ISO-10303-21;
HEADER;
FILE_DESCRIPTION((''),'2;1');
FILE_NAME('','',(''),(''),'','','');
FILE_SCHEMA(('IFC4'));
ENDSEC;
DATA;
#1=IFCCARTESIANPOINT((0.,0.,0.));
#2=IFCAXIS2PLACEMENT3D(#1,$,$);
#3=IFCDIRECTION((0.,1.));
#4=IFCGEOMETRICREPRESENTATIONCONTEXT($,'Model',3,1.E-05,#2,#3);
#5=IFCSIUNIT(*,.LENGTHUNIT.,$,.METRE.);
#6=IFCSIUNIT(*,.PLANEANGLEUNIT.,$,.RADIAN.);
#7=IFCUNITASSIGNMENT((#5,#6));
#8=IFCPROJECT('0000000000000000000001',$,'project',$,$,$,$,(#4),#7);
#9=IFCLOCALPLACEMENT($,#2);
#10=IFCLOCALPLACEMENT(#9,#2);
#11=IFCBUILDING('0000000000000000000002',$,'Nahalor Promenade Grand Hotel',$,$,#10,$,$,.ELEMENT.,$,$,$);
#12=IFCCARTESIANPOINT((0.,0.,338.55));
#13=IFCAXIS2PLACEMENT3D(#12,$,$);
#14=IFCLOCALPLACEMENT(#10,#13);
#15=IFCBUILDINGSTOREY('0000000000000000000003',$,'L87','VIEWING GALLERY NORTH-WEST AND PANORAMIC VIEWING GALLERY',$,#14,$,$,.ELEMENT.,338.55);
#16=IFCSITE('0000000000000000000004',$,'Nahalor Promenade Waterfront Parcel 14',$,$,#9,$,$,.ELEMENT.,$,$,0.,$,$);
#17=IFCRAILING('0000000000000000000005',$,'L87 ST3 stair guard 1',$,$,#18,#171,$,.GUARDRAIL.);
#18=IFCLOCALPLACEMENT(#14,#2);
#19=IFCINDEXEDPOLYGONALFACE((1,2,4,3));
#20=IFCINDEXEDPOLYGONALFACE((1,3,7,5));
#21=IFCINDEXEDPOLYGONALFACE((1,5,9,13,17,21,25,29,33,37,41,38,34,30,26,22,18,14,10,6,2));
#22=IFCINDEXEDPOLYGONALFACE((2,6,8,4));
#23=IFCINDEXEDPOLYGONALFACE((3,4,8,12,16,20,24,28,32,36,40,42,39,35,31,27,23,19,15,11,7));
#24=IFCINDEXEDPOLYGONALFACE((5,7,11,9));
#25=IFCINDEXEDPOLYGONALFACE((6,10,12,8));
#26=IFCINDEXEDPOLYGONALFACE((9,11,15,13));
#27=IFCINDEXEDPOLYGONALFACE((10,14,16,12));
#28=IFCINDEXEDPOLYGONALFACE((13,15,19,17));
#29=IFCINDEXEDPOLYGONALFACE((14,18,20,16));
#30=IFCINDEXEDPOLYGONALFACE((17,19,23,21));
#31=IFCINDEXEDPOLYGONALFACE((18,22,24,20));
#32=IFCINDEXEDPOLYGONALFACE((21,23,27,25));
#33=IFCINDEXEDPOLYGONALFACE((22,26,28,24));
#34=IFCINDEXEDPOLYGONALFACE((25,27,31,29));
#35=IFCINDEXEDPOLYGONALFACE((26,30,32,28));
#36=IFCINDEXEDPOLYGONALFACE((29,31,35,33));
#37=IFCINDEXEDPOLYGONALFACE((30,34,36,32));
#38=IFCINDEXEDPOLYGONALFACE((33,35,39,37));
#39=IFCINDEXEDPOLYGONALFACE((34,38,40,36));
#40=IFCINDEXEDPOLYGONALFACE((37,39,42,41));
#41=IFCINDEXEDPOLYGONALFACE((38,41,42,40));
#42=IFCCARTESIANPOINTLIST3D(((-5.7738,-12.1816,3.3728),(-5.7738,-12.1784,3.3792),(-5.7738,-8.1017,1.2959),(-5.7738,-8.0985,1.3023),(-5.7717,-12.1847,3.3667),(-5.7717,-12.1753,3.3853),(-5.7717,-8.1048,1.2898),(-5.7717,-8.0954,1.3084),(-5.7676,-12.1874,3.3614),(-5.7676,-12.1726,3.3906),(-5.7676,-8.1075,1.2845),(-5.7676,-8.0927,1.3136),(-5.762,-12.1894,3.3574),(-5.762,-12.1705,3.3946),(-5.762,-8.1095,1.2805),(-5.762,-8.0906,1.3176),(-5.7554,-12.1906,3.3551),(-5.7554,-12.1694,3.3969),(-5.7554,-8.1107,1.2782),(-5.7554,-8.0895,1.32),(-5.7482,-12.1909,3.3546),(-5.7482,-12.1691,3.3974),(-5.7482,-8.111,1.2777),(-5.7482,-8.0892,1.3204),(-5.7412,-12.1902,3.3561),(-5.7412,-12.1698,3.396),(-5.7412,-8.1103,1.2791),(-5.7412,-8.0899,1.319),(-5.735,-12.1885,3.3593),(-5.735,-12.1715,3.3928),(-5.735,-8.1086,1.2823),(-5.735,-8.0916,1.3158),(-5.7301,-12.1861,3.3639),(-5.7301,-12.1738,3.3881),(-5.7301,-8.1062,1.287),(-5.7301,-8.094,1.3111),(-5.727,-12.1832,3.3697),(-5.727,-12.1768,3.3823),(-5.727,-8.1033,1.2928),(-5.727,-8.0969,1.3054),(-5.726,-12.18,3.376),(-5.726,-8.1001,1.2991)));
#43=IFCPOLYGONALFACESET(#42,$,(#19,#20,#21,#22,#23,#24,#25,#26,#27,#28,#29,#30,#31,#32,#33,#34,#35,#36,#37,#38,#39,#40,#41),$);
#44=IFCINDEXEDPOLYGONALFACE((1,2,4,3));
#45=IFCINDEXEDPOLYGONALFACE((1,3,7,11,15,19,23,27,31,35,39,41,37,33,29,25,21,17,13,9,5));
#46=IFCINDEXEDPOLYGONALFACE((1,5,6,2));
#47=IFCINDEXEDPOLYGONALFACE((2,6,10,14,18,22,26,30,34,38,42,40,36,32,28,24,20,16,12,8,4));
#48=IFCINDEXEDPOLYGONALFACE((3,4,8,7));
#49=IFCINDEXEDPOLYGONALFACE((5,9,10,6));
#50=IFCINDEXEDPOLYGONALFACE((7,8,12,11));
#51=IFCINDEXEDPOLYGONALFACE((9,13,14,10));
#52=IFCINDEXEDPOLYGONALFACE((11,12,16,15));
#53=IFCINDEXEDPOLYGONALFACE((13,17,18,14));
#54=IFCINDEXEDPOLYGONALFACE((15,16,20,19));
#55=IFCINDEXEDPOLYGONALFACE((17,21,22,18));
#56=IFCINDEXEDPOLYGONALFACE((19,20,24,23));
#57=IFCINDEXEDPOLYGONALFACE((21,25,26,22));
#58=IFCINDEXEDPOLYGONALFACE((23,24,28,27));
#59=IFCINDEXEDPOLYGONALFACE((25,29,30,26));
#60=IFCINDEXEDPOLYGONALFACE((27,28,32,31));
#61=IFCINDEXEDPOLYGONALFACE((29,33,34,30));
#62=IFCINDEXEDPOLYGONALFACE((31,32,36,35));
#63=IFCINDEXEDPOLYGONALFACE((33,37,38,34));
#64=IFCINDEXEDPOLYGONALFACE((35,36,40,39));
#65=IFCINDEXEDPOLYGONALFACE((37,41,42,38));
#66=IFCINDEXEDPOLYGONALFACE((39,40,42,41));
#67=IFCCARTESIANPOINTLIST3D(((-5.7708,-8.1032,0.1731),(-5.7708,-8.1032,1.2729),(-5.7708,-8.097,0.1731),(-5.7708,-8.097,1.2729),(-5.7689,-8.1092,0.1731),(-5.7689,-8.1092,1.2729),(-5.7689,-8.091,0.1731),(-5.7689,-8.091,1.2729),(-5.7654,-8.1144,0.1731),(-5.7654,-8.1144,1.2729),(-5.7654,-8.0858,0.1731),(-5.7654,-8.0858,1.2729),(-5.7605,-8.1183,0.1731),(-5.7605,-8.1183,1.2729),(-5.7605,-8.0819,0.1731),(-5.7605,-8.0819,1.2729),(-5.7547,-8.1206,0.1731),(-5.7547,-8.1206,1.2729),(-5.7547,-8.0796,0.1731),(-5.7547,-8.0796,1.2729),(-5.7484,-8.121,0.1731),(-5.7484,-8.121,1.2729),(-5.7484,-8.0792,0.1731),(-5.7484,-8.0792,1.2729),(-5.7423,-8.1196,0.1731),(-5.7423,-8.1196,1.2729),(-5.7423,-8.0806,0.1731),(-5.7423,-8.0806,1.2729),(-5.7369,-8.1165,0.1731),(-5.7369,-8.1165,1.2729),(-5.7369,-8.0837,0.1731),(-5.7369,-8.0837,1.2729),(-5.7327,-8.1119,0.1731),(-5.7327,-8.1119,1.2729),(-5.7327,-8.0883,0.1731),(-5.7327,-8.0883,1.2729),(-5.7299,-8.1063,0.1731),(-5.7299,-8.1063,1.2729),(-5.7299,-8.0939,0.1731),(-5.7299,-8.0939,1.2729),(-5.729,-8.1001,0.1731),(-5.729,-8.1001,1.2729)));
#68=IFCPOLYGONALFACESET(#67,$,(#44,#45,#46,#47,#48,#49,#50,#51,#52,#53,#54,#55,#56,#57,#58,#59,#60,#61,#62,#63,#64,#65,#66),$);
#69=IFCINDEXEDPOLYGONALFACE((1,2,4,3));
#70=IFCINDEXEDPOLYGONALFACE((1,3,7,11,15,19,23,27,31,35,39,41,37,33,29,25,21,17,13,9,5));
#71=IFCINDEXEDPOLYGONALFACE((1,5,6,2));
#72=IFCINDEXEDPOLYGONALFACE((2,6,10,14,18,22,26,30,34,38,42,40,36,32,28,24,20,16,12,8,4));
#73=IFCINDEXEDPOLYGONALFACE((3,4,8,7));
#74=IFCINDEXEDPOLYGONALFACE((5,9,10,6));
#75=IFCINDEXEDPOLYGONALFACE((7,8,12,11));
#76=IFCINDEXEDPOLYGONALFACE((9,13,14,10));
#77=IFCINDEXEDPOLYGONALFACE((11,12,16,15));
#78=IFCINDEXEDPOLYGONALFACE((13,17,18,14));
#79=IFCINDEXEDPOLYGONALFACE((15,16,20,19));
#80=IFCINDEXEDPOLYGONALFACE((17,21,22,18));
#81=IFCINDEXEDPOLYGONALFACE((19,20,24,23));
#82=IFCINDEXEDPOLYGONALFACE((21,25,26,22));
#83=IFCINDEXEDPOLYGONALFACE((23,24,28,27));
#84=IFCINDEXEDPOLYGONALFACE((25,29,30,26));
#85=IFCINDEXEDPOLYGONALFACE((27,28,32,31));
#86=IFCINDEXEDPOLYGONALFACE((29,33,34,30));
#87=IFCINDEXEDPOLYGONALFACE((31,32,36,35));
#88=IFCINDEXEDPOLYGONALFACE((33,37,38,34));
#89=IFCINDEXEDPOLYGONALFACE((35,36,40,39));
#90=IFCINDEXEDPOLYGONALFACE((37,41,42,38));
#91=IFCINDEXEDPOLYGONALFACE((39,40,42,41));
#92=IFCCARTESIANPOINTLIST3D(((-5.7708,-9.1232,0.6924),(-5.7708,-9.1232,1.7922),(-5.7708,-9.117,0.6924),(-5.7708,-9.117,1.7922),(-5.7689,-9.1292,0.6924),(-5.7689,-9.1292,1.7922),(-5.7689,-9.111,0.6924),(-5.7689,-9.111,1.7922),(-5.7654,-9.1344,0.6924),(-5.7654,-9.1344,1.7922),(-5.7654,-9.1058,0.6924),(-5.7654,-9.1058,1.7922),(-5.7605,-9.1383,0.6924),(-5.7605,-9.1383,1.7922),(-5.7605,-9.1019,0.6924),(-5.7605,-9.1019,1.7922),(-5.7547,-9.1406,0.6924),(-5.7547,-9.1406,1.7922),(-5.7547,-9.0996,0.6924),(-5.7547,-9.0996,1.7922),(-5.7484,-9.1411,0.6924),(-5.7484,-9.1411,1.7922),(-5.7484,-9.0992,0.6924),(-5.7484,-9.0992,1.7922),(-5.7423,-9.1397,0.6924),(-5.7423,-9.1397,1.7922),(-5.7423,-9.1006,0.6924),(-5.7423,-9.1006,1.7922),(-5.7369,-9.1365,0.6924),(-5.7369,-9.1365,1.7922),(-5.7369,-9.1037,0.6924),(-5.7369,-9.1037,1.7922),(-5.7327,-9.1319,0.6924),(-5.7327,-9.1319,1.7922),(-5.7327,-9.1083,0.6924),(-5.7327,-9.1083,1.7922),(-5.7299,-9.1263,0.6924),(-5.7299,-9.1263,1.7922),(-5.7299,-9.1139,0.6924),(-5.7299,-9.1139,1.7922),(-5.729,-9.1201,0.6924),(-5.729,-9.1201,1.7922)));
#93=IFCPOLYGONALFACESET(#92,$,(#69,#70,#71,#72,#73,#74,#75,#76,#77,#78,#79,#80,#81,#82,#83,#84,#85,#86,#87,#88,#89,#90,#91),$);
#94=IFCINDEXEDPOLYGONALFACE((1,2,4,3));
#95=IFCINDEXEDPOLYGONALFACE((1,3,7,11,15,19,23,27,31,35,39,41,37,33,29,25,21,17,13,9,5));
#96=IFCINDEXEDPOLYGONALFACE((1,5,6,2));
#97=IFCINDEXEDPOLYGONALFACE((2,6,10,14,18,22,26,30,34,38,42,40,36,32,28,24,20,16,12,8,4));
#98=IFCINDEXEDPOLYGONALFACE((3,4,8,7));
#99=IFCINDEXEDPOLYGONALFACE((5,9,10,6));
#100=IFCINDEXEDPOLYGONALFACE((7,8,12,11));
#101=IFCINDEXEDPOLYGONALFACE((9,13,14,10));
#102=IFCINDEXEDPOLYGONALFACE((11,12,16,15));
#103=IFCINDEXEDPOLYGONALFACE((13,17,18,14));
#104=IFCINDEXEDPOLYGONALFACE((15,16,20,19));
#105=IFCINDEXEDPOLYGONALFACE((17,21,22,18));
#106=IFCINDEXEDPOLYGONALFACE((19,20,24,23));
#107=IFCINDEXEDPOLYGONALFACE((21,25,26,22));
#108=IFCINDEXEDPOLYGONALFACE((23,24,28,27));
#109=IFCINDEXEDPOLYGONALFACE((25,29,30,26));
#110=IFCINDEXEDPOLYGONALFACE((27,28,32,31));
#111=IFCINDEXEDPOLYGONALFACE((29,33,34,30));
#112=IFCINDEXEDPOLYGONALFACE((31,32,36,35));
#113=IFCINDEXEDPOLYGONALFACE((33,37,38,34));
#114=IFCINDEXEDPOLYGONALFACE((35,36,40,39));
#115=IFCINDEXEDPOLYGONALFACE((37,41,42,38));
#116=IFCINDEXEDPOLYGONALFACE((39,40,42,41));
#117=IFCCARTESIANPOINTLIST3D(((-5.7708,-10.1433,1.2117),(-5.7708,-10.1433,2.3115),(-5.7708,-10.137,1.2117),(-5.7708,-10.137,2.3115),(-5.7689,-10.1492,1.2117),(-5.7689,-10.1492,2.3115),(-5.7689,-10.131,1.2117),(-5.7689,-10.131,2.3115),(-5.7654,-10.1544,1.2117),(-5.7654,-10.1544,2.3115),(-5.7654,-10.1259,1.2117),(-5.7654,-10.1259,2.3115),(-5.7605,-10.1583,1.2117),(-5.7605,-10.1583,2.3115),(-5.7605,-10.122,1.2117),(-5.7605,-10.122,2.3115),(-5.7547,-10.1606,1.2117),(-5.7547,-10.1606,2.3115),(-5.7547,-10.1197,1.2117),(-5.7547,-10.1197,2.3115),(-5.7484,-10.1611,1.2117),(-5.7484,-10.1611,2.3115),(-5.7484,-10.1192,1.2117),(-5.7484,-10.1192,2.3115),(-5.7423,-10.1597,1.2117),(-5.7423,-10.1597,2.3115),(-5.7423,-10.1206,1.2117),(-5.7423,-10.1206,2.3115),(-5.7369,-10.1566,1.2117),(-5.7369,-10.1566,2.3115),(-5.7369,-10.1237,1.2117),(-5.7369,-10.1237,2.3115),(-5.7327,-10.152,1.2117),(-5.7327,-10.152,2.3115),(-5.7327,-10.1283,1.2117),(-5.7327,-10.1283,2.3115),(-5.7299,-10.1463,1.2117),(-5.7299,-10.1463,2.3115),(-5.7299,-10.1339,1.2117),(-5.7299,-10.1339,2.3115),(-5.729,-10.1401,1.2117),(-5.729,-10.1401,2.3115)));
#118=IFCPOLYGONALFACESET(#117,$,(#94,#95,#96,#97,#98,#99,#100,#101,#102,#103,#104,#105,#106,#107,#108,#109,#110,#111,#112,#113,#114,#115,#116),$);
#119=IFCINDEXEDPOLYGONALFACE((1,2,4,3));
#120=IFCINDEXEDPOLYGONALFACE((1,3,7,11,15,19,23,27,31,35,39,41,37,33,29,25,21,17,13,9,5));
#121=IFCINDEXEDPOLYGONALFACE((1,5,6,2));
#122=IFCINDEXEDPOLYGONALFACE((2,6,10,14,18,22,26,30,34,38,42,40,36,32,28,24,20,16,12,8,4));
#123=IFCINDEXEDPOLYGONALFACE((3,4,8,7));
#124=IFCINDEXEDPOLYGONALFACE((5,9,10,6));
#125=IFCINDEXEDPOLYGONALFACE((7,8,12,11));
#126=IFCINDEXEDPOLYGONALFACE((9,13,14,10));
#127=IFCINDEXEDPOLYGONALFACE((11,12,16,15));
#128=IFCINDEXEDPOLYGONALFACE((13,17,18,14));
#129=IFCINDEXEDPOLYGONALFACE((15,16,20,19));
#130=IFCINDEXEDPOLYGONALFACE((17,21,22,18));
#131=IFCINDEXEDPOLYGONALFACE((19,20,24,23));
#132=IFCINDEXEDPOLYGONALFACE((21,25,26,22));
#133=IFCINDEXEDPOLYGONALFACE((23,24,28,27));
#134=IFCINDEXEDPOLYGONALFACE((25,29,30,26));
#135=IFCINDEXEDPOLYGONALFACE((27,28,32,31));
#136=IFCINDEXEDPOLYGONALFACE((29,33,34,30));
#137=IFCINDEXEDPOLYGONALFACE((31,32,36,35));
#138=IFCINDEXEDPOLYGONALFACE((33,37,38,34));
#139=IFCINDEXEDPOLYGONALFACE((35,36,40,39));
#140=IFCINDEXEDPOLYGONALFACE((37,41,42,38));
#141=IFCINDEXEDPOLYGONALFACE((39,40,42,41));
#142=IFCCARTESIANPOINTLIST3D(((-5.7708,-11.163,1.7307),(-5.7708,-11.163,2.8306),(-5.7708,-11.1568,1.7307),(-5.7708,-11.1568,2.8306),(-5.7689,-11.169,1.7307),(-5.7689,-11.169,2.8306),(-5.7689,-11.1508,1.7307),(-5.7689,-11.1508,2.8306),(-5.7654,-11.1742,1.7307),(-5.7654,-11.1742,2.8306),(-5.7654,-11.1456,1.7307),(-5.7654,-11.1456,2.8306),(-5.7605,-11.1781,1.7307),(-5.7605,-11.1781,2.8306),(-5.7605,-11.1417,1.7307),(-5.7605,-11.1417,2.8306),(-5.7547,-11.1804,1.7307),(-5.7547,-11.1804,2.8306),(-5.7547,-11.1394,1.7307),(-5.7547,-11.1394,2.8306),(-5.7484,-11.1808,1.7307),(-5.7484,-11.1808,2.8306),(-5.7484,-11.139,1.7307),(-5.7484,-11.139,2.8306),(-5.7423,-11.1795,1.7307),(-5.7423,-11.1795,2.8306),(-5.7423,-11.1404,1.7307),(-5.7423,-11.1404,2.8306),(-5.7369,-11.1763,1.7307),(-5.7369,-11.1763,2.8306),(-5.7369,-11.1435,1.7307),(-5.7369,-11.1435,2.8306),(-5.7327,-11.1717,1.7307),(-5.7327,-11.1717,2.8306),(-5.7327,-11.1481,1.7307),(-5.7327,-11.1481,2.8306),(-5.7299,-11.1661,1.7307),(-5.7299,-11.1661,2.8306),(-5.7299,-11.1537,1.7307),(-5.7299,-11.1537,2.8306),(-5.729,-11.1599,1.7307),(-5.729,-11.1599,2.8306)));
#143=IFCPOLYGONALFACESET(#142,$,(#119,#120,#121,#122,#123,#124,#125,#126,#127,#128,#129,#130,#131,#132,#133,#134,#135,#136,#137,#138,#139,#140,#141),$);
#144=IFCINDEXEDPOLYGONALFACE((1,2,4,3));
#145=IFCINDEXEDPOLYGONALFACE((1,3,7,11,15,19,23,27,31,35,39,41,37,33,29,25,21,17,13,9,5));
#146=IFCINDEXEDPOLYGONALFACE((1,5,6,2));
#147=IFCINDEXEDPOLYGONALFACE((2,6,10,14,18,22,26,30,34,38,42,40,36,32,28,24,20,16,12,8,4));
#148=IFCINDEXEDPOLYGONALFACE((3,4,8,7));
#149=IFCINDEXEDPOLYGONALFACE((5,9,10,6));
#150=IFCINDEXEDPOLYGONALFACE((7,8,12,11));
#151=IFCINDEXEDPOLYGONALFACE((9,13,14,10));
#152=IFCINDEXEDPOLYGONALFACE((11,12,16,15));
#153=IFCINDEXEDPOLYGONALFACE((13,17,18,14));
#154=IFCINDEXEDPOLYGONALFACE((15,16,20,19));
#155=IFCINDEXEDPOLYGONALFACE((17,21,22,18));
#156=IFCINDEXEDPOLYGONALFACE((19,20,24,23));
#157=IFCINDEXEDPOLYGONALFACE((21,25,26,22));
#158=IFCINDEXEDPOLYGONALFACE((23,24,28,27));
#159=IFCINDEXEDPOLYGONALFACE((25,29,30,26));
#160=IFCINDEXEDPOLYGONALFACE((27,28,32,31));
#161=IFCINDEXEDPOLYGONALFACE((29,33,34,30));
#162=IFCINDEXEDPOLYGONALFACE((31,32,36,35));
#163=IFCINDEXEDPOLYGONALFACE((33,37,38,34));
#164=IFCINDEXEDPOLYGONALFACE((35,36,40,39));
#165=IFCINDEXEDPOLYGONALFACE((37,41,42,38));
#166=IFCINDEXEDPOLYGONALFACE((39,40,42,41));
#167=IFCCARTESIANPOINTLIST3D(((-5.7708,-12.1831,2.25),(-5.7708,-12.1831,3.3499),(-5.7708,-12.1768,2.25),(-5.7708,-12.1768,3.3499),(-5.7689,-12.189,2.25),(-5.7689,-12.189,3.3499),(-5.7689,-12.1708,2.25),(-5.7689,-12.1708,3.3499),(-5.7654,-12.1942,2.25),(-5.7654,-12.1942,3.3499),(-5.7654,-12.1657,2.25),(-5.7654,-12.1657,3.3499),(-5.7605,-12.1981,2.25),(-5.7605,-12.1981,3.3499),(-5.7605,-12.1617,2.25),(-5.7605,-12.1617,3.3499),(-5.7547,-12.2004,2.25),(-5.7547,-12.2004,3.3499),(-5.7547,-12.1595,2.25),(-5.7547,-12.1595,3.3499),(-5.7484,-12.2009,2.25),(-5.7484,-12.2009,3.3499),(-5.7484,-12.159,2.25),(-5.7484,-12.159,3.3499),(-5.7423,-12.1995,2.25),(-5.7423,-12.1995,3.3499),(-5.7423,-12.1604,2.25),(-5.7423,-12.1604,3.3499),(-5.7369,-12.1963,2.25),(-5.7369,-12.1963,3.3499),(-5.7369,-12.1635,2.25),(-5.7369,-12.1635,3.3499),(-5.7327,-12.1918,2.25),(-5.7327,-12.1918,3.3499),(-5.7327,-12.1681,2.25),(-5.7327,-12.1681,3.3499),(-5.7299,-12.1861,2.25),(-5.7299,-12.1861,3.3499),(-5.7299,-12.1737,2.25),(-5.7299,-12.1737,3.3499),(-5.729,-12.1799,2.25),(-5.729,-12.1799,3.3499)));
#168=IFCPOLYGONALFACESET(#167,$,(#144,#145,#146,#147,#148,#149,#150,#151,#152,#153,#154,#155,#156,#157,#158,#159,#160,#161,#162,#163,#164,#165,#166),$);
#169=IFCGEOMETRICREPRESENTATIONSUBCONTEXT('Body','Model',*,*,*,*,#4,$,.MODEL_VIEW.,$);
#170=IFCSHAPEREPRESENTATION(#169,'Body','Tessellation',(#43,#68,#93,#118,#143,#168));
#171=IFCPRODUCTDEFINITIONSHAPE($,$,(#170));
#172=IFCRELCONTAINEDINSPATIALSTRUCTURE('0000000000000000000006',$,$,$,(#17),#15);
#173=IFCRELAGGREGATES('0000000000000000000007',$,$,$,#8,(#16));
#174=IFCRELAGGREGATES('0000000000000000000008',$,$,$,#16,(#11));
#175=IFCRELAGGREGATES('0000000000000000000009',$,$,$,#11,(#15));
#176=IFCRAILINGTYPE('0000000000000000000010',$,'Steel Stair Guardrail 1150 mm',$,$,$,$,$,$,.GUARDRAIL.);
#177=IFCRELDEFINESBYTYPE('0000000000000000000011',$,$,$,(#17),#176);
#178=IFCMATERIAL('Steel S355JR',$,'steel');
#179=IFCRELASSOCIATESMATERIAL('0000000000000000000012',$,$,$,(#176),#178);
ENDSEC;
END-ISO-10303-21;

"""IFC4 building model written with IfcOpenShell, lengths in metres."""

from ifc_helpers import new_model, si_unit, direction, frame, origin, origin_2d, place, context, subcontext, project, spatial, circle, extrude, material, type_object, element, save


model = new_model("IFC4")

# Units and contexts
model_context = context("Model", 3, precision=1e-05, world=origin(), true_north=direction((0.0, 1.0)))
body_context = subcontext(model_context, "Body", "Model", "MODEL_VIEW")
ifc_project = project(units=[si_unit("LENGTHUNIT", "METRE"), si_unit("PLANEANGLEUNIT", "RADIAN")], contexts=[model_context])

# Site, building, storey
site_placement = place(None, origin())
site = spatial("IfcSite", under=ifc_project, at=site_placement, Name="Nahalor Promenade Waterfront Parcel 14", CompositionType="ELEMENT", RefElevation=0.0)
building_placement = place(site_placement, origin())
building = spatial("IfcBuilding", under=site, at=building_placement, Name="Nahalor Promenade Grand Hotel", CompositionType="ELEMENT")
storey_placement = place(building_placement, frame((0.0, 0.0, 338.55)))
storey = spatial("IfcBuildingStorey", under=building, at=storey_placement, Name="L87", Description="VIEWING GALLERY NORTH-WEST AND PANORAMIC VIEWING GALLERY", CompositionType="ELEMENT", Elevation=338.55)

# Shared definitions
ifc_material_1 = material(Name="Steel S355JR", Category="steel")

# Railing
railing_type_1 = type_object("IfcRailingType", Name="Steel Stair Guardrail 1150 mm", PredefinedType="GUARDRAIL", material=ifc_material_1)
railing_1_placement = place(storey_placement, frame((-5.75, -8.1001, 0.1731)))
element("IfcRailing", 1, at=railing_1_placement, inside=storey, type_object=railing_type_1, Name="L87 ST3 stair guard 1", PredefinedType="GUARDRAIL", context=body_context, shape_type="SweptSolid", body=[
    extrude(circle(Radius=0.024, at=origin_2d()), frame((0.0, 0.0, 1.126), z_axis=(0.0, -0.891172, 0.453665), x_axis=(1.0, 0.0, 0.0)), (0.0, 0.0, 1.0), 4.5781),
    extrude(circle(Radius=0.021, at=origin_2d()), origin(), (0.0, 0.0, 1.0), 1.0999),
    extrude(circle(Radius=0.021, at=origin_2d()), frame((0.0, -1.02, 0.5193)), (0.0, 0.0, 1.0), 1.0999),
    extrude(circle(Radius=0.021, at=origin_2d()), frame((0.0, -2.04, 1.0386)), (0.0, 0.0, 1.0), 1.0999),
    extrude(circle(Radius=0.021, at=origin_2d()), frame((0.0, -3.0598, 1.5576)), (0.0, 0.0, 1.0), 1.0999),
    extrude(circle(Radius=0.021, at=origin_2d()), frame((0.0, -4.0798, 2.0769)), (0.0, 0.0, 1.0), 1.0999),
])

save(model, "model.ifc")
